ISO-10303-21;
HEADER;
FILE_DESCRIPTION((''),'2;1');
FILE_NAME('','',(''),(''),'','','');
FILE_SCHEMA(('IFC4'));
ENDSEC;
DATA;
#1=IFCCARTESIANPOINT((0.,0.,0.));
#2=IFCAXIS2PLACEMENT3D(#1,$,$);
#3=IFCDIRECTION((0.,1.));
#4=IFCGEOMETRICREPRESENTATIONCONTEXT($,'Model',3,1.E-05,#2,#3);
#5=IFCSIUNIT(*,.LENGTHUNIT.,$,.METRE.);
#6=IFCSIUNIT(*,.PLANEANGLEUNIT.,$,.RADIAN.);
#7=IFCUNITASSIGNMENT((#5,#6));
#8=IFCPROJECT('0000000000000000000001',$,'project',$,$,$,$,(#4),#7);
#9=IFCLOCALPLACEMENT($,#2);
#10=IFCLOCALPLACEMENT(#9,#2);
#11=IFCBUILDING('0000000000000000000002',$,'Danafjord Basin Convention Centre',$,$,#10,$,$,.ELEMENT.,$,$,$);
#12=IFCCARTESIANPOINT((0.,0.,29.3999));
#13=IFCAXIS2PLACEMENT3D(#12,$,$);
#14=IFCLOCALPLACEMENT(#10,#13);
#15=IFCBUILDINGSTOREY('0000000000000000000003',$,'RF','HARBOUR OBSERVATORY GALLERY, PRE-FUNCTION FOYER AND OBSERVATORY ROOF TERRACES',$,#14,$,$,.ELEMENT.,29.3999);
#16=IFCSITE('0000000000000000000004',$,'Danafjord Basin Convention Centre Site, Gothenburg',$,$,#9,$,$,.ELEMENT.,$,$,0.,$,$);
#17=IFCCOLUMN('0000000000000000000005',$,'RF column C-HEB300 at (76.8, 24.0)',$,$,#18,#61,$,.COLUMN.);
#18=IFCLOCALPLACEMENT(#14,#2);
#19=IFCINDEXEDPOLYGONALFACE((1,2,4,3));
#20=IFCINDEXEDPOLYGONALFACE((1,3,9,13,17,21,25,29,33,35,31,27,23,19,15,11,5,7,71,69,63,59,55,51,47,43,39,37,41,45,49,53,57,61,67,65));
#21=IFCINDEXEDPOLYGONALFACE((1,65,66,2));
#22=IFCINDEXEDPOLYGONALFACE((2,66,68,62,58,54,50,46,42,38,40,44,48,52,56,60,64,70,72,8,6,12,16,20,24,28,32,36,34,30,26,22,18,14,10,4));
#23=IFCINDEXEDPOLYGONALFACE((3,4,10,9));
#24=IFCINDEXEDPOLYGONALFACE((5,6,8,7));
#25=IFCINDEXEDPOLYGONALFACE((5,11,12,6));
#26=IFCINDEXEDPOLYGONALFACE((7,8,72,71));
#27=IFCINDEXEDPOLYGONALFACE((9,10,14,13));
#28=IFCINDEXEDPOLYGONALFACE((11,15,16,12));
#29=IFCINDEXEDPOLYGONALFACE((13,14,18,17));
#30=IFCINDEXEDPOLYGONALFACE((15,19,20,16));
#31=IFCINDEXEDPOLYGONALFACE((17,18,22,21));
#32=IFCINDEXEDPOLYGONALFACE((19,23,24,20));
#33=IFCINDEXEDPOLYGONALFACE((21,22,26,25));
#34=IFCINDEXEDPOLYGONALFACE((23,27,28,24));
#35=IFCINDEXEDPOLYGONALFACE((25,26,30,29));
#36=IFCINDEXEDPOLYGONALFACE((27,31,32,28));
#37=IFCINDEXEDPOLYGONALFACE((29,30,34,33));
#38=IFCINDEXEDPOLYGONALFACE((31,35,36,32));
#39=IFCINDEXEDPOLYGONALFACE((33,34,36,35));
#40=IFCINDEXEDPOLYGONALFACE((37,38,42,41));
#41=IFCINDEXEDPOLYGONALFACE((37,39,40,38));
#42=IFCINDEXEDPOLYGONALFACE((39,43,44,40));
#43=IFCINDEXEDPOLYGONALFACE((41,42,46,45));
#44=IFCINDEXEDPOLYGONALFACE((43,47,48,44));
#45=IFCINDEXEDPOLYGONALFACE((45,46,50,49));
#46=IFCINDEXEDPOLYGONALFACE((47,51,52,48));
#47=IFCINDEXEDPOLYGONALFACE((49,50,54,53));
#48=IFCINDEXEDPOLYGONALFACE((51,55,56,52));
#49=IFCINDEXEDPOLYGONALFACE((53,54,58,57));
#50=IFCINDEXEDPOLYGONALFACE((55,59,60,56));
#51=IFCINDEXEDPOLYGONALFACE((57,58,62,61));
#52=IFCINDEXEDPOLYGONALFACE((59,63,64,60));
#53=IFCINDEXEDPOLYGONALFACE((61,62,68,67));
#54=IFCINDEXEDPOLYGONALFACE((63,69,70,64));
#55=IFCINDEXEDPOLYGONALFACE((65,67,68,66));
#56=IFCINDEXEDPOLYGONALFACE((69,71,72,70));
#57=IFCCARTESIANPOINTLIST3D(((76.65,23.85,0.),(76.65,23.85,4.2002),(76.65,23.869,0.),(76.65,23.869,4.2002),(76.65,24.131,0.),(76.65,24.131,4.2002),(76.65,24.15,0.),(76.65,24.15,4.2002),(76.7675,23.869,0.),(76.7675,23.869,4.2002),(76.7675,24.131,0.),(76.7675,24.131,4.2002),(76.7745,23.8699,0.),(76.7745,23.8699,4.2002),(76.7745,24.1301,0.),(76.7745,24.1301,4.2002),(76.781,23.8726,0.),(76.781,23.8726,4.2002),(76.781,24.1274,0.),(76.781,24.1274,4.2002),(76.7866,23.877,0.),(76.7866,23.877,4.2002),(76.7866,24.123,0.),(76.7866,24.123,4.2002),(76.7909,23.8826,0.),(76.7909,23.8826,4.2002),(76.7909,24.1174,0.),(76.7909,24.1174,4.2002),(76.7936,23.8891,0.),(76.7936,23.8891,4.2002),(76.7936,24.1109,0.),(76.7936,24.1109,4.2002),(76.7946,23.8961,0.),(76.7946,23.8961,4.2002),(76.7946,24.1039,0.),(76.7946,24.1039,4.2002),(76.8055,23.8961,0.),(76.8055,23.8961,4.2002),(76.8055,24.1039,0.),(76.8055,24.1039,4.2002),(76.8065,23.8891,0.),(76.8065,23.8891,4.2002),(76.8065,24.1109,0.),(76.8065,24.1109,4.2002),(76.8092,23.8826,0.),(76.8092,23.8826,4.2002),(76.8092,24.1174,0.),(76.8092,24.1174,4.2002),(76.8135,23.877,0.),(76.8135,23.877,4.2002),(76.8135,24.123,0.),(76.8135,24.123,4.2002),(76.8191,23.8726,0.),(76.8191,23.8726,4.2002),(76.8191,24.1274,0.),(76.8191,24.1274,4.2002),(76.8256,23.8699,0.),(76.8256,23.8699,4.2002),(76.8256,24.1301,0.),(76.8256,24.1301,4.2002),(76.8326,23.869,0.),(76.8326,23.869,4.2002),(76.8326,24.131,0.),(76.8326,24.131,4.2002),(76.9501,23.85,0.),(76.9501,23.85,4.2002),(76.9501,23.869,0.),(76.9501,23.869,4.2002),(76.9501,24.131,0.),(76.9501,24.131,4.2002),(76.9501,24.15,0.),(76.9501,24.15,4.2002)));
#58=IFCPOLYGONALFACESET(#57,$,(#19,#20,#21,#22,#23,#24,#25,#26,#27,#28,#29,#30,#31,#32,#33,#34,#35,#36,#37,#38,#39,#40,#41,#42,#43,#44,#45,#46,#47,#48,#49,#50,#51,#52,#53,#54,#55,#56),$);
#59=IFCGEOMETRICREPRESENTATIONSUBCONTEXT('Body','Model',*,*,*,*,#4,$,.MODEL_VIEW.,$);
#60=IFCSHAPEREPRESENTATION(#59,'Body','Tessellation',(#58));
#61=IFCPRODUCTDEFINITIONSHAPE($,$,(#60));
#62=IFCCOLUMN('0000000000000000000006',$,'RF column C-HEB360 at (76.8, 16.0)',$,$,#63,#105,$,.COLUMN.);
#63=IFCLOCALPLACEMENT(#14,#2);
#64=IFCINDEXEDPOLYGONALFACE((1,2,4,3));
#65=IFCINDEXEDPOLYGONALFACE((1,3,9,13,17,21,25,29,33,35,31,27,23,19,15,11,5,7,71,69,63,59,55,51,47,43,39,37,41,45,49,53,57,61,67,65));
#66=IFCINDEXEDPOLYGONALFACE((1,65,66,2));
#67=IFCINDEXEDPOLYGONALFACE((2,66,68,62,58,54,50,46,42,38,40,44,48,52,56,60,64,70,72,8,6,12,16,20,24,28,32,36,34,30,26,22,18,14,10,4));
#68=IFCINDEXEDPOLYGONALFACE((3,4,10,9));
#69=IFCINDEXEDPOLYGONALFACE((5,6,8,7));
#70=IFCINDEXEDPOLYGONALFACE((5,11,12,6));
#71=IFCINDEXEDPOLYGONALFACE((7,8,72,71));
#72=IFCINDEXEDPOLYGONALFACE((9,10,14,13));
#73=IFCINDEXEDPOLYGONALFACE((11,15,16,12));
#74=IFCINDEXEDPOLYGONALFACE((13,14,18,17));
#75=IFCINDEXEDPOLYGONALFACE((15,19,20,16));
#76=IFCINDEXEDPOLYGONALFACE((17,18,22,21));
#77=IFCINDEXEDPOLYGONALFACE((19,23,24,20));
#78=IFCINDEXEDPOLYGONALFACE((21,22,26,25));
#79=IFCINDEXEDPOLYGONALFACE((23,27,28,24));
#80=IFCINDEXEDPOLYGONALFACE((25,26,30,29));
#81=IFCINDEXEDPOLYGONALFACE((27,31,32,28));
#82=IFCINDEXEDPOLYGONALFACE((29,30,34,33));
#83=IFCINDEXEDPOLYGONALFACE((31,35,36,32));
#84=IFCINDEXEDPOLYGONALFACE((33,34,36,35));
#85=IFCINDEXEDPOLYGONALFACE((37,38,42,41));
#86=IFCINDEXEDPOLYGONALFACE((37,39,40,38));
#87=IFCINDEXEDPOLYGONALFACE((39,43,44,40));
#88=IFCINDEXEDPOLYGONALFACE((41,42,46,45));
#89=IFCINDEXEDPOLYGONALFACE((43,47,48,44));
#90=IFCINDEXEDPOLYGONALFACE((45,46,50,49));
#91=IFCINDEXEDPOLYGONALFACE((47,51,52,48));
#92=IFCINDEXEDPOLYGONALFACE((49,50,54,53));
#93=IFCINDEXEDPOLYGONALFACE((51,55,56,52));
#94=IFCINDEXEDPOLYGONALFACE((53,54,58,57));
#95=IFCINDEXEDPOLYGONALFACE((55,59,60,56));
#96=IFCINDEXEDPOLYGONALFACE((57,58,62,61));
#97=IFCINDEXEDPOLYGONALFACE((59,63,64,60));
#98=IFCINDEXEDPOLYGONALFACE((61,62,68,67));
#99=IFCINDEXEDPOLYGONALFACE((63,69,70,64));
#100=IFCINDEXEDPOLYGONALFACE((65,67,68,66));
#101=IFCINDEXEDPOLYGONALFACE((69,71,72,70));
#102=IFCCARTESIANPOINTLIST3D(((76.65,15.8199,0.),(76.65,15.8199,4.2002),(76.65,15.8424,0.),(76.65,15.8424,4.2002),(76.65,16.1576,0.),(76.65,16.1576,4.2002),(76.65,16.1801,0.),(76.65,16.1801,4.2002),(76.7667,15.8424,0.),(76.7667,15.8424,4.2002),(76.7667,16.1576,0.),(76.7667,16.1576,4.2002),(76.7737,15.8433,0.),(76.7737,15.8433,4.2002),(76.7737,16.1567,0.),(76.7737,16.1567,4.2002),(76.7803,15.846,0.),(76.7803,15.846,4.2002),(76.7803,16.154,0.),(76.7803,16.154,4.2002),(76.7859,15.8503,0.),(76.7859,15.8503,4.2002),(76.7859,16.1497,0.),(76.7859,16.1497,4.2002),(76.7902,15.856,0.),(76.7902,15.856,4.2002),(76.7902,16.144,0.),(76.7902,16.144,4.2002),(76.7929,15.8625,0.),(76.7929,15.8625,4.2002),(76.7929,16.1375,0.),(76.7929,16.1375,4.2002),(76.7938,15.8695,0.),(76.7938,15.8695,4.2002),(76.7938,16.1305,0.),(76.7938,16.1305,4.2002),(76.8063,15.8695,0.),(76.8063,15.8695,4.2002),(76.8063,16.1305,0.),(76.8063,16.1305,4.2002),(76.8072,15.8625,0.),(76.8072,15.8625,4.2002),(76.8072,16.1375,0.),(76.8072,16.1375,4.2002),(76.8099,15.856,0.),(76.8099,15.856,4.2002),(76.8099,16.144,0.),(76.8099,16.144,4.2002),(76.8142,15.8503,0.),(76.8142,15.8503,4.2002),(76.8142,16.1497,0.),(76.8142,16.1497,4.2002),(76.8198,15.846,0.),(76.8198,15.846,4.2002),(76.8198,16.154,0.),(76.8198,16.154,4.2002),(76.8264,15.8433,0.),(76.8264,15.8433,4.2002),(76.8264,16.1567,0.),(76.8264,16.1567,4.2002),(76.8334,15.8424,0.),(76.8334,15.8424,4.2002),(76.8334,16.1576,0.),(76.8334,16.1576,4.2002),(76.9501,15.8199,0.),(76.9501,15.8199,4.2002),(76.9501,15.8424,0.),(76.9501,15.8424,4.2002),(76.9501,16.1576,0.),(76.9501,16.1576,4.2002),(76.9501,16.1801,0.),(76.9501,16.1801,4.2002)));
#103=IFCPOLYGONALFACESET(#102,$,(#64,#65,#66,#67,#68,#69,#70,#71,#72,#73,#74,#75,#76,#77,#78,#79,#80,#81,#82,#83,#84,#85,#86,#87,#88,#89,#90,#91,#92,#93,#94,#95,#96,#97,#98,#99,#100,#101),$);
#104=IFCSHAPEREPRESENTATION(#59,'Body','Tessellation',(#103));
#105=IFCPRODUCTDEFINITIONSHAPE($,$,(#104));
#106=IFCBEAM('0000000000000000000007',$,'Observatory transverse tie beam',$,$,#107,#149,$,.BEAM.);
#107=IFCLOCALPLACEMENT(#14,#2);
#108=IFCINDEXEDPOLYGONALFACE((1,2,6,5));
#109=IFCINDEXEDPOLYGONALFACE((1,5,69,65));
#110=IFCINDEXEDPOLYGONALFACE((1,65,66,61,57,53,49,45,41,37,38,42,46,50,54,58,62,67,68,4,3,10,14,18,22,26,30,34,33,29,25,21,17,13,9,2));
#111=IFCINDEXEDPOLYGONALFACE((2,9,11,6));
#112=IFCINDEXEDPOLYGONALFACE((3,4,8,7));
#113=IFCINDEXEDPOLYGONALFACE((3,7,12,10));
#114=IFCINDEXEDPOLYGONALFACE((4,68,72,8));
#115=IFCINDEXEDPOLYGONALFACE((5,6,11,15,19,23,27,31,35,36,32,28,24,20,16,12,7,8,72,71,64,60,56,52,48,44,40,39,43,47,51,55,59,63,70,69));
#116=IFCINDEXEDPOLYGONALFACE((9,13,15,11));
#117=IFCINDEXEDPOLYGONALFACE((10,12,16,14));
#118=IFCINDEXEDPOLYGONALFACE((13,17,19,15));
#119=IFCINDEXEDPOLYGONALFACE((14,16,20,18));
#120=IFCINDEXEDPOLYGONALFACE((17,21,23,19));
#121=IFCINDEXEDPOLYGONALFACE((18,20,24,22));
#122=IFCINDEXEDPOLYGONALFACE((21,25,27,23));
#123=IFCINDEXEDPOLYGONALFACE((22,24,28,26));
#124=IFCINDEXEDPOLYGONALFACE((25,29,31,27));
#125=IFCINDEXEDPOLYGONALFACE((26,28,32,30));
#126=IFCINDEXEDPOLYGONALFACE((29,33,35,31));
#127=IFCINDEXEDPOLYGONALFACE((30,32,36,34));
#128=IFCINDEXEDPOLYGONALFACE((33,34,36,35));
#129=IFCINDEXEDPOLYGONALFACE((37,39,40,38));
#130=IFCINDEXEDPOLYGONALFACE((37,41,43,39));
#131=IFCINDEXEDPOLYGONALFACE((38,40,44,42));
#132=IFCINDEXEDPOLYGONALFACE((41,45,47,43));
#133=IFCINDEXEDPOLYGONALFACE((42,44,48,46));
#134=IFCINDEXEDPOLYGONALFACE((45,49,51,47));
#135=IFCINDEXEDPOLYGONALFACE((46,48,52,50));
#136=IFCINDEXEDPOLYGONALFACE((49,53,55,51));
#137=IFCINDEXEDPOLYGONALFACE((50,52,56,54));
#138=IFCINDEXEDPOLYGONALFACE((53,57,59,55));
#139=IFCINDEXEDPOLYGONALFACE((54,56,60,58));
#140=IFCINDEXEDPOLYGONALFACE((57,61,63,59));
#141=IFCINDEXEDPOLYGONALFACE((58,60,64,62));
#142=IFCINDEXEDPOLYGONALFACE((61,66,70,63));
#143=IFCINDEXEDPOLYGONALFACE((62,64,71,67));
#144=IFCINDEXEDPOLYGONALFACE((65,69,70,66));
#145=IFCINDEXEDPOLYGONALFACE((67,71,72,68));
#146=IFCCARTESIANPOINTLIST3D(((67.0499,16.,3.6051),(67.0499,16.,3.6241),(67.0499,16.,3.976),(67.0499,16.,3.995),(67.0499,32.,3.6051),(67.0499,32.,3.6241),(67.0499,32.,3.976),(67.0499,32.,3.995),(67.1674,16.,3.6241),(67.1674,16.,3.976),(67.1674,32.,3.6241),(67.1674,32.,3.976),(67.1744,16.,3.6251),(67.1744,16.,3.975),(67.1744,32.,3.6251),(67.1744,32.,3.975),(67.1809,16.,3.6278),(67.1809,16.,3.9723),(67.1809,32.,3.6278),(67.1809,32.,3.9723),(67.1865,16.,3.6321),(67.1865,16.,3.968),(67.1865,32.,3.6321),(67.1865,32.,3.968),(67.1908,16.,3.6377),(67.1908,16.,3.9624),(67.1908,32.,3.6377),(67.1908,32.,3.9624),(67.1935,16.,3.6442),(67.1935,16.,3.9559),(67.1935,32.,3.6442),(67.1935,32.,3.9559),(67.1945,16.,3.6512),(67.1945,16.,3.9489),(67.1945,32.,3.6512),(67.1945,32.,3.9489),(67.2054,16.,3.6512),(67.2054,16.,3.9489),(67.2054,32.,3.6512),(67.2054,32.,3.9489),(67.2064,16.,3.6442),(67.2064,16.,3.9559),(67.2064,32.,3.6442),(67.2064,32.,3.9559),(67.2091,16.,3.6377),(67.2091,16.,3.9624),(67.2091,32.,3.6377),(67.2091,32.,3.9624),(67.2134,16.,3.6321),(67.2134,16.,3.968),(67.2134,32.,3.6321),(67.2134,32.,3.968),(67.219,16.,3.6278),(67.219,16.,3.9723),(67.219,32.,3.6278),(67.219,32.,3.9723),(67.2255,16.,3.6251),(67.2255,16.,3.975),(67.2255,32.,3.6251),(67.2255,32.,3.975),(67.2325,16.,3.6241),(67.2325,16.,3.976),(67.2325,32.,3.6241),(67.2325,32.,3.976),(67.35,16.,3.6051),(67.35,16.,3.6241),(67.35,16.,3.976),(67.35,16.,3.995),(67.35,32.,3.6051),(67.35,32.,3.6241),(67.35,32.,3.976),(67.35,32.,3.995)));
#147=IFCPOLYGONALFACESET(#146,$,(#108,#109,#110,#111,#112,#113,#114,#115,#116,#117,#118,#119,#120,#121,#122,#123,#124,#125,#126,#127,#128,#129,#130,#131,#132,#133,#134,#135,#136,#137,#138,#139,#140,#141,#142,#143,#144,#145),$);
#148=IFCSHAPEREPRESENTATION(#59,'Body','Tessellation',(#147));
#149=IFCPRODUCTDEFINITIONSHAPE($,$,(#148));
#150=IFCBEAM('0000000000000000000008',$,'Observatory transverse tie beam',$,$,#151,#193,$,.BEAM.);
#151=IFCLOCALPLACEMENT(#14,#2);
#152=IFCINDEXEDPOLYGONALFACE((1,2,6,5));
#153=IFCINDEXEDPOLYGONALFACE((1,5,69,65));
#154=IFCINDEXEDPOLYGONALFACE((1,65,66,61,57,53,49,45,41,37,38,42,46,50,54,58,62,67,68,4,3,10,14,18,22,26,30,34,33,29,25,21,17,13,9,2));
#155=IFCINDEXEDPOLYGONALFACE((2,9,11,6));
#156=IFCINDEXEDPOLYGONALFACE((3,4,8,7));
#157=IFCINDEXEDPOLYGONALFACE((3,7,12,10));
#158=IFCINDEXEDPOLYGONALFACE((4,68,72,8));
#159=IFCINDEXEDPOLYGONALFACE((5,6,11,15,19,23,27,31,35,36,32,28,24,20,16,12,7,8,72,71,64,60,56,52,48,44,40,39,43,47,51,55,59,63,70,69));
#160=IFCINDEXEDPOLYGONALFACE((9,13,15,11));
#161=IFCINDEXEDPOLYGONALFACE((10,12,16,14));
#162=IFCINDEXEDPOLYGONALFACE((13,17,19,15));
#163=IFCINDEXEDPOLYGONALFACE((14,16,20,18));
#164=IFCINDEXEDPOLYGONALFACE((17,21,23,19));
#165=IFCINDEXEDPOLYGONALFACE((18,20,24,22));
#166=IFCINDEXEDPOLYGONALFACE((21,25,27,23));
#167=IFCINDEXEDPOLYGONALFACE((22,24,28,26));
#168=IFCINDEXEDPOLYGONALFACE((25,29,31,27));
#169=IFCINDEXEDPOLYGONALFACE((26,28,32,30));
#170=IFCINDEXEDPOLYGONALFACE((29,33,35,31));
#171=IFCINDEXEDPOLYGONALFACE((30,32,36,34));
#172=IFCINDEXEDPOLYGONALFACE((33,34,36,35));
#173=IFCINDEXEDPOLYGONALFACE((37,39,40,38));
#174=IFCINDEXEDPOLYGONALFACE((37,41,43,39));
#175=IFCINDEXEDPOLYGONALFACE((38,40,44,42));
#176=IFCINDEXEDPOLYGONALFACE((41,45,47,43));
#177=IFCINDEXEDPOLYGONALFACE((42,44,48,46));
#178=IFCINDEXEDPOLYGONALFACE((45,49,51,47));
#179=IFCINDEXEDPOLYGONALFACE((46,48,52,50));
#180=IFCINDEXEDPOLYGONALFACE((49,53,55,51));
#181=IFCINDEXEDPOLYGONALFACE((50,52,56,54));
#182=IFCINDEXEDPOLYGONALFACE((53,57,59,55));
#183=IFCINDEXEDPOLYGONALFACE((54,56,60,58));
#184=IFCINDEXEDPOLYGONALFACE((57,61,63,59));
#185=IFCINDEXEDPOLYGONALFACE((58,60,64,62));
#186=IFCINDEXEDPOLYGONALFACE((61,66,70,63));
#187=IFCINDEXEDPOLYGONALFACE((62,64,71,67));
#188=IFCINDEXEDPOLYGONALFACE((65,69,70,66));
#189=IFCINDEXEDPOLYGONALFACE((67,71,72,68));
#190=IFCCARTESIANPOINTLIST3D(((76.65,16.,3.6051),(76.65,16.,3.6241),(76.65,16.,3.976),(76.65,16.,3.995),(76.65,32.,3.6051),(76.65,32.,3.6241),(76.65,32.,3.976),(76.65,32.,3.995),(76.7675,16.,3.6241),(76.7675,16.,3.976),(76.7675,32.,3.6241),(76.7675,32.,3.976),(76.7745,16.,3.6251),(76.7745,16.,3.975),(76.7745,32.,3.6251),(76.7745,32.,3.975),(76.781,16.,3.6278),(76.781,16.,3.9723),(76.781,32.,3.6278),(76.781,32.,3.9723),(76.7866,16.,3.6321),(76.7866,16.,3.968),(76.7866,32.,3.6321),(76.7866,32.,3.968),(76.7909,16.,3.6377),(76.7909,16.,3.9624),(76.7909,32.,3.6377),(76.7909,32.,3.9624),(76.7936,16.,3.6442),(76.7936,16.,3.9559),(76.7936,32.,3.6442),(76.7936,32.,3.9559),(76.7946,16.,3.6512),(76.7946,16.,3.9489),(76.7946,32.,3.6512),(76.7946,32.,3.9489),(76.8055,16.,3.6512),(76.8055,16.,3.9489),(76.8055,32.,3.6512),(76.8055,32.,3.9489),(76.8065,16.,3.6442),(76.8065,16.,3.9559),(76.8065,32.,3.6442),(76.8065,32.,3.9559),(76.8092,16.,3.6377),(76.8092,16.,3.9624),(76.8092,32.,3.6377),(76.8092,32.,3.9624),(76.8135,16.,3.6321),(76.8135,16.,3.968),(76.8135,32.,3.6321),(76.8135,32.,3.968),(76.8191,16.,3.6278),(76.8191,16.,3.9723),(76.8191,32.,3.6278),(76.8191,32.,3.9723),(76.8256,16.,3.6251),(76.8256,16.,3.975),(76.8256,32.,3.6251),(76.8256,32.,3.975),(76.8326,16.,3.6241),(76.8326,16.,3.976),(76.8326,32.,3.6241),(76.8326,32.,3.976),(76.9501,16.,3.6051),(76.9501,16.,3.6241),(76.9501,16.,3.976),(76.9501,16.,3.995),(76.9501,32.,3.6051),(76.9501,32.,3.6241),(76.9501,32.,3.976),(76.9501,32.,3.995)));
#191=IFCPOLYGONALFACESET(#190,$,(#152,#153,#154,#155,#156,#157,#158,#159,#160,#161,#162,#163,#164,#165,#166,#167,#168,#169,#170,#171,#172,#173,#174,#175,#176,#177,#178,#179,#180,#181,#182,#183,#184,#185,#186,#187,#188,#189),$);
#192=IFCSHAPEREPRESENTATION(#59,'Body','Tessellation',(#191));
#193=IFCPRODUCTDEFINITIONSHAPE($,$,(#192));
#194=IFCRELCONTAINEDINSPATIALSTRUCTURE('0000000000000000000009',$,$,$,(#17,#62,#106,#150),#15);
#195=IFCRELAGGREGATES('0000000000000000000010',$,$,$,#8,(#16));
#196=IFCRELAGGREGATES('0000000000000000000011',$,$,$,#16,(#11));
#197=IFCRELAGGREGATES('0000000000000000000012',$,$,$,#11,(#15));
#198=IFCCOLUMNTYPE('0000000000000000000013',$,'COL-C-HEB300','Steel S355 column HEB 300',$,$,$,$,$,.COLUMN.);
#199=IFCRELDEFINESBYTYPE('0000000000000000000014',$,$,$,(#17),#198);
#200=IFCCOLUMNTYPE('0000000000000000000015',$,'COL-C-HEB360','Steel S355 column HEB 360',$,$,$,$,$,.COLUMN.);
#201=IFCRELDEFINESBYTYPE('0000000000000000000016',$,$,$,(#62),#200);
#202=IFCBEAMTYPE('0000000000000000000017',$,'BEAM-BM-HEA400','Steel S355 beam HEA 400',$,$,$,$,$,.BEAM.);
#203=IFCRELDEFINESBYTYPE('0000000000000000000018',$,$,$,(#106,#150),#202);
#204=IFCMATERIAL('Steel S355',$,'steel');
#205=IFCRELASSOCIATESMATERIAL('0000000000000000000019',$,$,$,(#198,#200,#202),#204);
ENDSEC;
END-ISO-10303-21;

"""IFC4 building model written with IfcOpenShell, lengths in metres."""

from ifc_helpers import new_model, si_unit, direction, frame, origin, origin_2d, place, context, subcontext, project, spatial, i_section, extrude, material, material_profile, profile_set, type_object, element, save


model = new_model("IFC4")

# Units and contexts
model_context = context("Model", 3, precision=1e-05, world=origin(), true_north=direction((0.0, 1.0)))
body_context = subcontext(model_context, "Body", "Model", "MODEL_VIEW")
ifc_project = project(units=[si_unit("LENGTHUNIT", "METRE"), si_unit("PLANEANGLEUNIT", "RADIAN")], contexts=[model_context])

# Site, building, storey
site_placement = place(None, origin())
site = spatial("IfcSite", under=ifc_project, at=site_placement, Name="Danafjord Basin Convention Centre Site, Gothenburg", CompositionType="ELEMENT", RefElevation=0.0)
building_placement = place(site_placement, origin())
building = spatial("IfcBuilding", under=site, at=building_placement, Name="Danafjord Basin Convention Centre", CompositionType="ELEMENT")
storey_placement = place(building_placement, frame((0.0, 0.0, 29.3999)))
storey = spatial("IfcBuildingStorey", under=building, at=storey_placement, Name="RF", Description="HARBOUR OBSERVATORY GALLERY, PRE-FUNCTION FOYER AND OBSERVATORY ROOF TERRACES", CompositionType="ELEMENT", Elevation=29.3999)

# Columns
ifc_material_1 = material(Name="Steel S355", Category="steel")
ifc_material_profile_1 = material_profile(ifc_material_1, i_section(OverallWidth=0.3, OverallDepth=0.3, WebThickness=0.011, FlangeThickness=0.019, FilletRadius=0.0271, at=origin_2d()), Name="HEB 300")
ifc_profile_set_1 = profile_set([ifc_material_profile_1], Name="Steel S355")
column_type_1 = type_object("IfcColumnType", Name="COL-C-HEB300", Description="Steel S355 column HEB 300", PredefinedType="COLUMN", material=ifc_profile_set_1)
column_1_placement = place(storey_placement, frame((76.8, 24.0, 0.0), z_axis=(0.0, 0.0, 1.0), x_axis=(1.0, 0.0, 0.0)))
element("IfcColumn", 1, at=column_1_placement, inside=storey, type_object=column_type_1, Name="RF column C-HEB300 at (76.8, 24.0)", PredefinedType="COLUMN", context=body_context, shape_type="SweptSolid", body=[
    extrude(i_section(OverallWidth=0.3, OverallDepth=0.3, WebThickness=0.011, FlangeThickness=0.019, FilletRadius=0.0271, at=origin_2d()), origin(), (0.0, 0.0, 1.0), 4.2002),
])
ifc_material_profile_2 = material_profile(ifc_material_1, i_section(OverallWidth=0.3, OverallDepth=0.3601, WebThickness=0.0125, FlangeThickness=0.0225, FilletRadius=0.0271, at=origin_2d()), Name="HEB 360")
ifc_profile_set_2 = profile_set([ifc_material_profile_2], Name="Steel S355")
column_type_2 = type_object("IfcColumnType", Name="COL-C-HEB360", Description="Steel S355 column HEB 360", PredefinedType="COLUMN", material=ifc_profile_set_2)
column_2_placement = place(storey_placement, frame((76.8, 16.0, 0.0), z_axis=(0.0, 0.0, 1.0), x_axis=(1.0, 0.0, 0.0)))
element("IfcColumn", 2, at=column_2_placement, inside=storey, type_object=column_type_2, Name="RF column C-HEB360 at (76.8, 16.0)", PredefinedType="COLUMN", context=body_context, shape_type="SweptSolid", body=[
    extrude(i_section(OverallWidth=0.3, OverallDepth=0.3601, WebThickness=0.0125, FlangeThickness=0.0225, FilletRadius=0.0271, at=origin_2d()), origin(), (0.0, 0.0, 1.0), 4.2002),
])

# Beams
ifc_material_profile_3 = material_profile(ifc_material_1, i_section(OverallWidth=0.3, OverallDepth=0.3899, WebThickness=0.011, FlangeThickness=0.019, FilletRadius=0.0271, at=origin_2d()), Name="HEA 400")
ifc_profile_set_3 = profile_set([ifc_material_profile_3], Name="Steel S355")
beam_type_1 = type_object("IfcBeamType", Name="BEAM-BM-HEA400", Description="Steel S355 beam HEA 400", PredefinedType="BEAM", material=ifc_profile_set_3)
for number, where, z_axis, x_axis, name in (
    (3, (67.2, 16.0, 3.8), (0.0, 1.0, 0.0), (-1.0, 0.0, 0.0), "Observatory transverse tie beam"),
    (4, (76.8, 16.0, 3.8), (0.0, 1.0, 0.0), (-1.0, 0.0, 0.0), "Observatory transverse tie beam"),
):
    element("IfcBeam", number, at=place(storey_placement, frame(where, z_axis=z_axis, x_axis=x_axis)), inside=storey, type_object=beam_type_1, Name=name, PredefinedType="BEAM", context=body_context, shape_type="SweptSolid", body=[
        extrude(i_section(OverallWidth=0.3, OverallDepth=0.3899, WebThickness=0.011, FlangeThickness=0.019, FilletRadius=0.0271, at=origin_2d()), origin(), (0.0, 0.0, 1.0), 16.0),
    ])

save(model, "model.ifc")
